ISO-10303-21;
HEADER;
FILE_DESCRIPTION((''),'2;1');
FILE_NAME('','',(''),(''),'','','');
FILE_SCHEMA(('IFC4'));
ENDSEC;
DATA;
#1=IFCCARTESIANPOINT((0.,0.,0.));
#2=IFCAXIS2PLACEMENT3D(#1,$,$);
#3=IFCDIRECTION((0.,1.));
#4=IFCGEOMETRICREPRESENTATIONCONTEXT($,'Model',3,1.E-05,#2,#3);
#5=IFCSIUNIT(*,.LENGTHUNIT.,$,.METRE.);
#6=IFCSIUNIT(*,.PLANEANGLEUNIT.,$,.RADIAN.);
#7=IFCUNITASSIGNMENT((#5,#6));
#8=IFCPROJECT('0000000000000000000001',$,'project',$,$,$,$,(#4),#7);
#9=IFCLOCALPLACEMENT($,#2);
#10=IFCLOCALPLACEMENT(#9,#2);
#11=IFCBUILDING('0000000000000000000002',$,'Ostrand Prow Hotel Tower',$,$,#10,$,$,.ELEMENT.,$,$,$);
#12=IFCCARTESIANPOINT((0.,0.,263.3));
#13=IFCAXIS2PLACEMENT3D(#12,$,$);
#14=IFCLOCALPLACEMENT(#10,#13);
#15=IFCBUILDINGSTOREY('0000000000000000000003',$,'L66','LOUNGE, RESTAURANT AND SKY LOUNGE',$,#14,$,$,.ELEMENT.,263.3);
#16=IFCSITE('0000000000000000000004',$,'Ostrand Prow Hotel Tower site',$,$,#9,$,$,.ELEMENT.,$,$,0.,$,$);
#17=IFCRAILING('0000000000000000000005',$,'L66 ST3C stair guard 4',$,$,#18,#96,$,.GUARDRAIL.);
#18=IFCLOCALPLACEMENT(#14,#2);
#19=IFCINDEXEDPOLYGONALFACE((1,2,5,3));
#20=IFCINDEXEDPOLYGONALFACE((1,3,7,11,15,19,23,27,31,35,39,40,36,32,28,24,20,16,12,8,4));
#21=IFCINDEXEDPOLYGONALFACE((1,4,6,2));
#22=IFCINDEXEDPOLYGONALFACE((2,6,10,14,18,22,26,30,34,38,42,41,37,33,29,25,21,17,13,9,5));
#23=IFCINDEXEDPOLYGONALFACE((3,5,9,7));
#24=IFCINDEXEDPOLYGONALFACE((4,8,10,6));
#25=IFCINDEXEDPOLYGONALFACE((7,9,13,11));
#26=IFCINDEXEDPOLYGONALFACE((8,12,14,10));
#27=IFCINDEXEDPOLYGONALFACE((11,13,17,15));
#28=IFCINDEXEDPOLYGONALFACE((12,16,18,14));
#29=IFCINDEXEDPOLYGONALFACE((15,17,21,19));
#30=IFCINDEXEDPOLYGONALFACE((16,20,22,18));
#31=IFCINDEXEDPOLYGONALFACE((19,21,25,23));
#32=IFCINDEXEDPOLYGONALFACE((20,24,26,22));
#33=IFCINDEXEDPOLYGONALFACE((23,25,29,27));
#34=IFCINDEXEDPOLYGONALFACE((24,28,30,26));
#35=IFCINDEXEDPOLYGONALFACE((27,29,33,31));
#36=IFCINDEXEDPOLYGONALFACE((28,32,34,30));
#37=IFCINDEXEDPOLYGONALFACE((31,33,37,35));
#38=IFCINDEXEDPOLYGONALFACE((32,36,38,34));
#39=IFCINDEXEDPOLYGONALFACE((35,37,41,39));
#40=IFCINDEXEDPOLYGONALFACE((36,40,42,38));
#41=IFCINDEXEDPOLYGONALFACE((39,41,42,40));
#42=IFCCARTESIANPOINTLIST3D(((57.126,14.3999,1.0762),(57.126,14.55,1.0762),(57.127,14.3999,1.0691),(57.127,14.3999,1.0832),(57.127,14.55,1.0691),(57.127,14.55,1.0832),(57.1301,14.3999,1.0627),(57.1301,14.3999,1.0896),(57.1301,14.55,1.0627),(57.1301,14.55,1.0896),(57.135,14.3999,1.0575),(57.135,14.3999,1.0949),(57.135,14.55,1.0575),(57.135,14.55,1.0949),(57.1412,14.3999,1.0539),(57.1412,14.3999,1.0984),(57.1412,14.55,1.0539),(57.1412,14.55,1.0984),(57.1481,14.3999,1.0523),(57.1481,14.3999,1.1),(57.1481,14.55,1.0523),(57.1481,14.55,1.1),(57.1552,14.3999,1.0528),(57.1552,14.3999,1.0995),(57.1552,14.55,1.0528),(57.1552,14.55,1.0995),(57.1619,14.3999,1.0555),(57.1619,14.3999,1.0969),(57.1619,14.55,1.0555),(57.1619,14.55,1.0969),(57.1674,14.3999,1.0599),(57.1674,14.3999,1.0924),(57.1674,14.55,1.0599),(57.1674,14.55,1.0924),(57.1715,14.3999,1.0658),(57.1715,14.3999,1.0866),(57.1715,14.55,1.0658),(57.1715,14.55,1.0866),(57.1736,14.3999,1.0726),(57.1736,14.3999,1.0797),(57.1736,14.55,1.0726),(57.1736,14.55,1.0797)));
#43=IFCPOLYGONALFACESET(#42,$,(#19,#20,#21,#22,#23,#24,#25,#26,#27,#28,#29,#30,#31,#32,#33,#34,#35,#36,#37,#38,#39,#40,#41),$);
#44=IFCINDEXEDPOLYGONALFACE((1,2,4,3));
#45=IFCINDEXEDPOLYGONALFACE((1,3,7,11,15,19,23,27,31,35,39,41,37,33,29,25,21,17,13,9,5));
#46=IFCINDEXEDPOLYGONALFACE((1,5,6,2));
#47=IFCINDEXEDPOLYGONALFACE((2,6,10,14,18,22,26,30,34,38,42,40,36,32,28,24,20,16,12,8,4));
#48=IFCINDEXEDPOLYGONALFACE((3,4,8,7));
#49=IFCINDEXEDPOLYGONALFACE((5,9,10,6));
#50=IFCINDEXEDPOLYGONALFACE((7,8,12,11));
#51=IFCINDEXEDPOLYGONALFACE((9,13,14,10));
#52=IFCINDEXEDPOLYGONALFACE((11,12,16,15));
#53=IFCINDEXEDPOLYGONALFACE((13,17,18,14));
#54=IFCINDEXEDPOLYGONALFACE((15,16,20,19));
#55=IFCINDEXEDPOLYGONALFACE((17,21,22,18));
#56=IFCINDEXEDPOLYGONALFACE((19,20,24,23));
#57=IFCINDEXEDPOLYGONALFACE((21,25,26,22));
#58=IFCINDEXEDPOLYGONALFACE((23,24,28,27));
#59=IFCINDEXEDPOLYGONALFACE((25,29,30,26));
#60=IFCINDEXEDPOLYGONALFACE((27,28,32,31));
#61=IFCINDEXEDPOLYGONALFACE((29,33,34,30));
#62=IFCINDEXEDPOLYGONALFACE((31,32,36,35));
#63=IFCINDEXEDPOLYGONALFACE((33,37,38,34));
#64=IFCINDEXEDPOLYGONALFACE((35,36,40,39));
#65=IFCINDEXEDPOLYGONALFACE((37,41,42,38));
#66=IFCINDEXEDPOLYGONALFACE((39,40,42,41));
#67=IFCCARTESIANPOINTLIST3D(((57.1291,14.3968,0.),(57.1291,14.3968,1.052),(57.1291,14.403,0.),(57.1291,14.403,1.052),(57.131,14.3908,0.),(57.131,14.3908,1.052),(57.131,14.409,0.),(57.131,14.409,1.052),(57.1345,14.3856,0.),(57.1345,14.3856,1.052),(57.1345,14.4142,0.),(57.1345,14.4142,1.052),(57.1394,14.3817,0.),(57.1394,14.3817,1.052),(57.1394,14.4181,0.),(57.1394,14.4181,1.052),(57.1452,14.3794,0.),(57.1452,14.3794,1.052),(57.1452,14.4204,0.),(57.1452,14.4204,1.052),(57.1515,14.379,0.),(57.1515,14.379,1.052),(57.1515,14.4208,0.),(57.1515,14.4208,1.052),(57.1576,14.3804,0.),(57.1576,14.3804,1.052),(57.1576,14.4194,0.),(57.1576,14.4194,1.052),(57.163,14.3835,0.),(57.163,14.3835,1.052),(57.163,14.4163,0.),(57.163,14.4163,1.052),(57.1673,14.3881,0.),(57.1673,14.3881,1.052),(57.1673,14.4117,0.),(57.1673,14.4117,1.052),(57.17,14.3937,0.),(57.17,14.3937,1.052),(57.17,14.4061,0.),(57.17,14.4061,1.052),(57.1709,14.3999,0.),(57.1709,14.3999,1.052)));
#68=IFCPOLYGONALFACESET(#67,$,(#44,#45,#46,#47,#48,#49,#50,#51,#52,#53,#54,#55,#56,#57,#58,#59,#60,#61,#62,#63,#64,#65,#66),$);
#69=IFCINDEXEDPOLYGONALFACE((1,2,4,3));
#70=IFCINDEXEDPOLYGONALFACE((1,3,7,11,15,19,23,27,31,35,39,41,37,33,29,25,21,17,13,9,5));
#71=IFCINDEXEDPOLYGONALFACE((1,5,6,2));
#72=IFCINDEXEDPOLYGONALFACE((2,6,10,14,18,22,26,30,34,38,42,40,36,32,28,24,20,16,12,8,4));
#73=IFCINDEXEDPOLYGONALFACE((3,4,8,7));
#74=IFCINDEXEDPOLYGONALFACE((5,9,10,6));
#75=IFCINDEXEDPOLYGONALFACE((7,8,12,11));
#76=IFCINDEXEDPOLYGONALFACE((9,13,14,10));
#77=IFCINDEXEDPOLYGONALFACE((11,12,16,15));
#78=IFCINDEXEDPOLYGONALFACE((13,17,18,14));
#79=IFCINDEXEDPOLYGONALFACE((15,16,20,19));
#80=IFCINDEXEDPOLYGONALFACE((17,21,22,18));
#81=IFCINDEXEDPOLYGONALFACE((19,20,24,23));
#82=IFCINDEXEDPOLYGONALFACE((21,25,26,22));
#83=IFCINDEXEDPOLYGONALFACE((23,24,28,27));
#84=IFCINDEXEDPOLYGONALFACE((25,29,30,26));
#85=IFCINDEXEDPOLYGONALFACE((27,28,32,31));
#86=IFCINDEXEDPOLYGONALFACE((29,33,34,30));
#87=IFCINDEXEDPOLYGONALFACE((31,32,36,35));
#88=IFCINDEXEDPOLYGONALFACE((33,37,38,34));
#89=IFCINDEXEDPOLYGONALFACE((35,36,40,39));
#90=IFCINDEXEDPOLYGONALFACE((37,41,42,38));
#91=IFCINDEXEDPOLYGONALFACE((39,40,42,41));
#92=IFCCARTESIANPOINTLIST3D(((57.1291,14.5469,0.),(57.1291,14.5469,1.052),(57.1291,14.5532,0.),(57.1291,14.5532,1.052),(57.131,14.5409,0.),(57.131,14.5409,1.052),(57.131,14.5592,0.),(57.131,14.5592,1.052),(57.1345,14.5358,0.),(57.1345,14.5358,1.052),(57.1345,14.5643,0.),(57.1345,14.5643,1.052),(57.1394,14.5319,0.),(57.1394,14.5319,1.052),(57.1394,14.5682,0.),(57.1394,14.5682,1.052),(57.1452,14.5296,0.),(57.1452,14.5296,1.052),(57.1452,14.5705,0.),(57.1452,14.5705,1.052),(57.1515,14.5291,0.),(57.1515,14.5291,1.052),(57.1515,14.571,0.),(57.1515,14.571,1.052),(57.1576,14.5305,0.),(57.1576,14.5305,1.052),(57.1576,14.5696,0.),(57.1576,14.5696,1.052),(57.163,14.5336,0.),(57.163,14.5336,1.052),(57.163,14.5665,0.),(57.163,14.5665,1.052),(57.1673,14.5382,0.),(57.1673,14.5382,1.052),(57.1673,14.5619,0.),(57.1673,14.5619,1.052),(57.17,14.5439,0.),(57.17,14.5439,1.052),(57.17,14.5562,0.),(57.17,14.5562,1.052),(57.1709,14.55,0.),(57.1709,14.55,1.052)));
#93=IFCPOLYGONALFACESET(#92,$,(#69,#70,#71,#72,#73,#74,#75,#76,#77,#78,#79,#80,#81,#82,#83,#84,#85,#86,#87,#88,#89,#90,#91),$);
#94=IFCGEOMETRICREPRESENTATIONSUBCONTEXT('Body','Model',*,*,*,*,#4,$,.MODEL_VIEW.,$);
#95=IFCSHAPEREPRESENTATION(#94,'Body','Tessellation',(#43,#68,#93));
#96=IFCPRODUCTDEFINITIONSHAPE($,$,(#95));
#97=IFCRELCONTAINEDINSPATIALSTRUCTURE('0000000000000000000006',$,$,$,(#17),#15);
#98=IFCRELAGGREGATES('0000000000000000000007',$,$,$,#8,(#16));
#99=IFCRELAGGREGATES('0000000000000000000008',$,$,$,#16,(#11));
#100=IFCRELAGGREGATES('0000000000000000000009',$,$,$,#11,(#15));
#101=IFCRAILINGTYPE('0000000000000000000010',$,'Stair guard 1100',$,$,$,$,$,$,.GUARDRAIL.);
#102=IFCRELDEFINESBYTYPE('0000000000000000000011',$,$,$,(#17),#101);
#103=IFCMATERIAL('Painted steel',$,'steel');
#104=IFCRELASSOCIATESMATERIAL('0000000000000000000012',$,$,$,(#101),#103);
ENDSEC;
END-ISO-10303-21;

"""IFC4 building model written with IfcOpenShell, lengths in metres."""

from ifc_helpers import new_model, si_unit, direction, frame, origin, origin_2d, place, context, subcontext, project, spatial, circle, extrude, material, type_object, element, save


model = new_model("IFC4")

# Units and contexts
model_context = context("Model", 3, precision=1e-05, world=origin(), true_north=direction((0.0, 1.0)))
body_context = subcontext(model_context, "Body", "Model", "MODEL_VIEW")
ifc_project = project(units=[si_unit("LENGTHUNIT", "METRE"), si_unit("PLANEANGLEUNIT", "RADIAN")], contexts=[model_context])

# Site, building, storey
site_placement = place(None, origin())
site = spatial("IfcSite", under=ifc_project, at=site_placement, Name="Ostrand Prow Hotel Tower site", CompositionType="ELEMENT", RefElevation=0.0)
building_placement = place(site_placement, origin())
building = spatial("IfcBuilding", under=site, at=building_placement, Name="Ostrand Prow Hotel Tower", CompositionType="ELEMENT")
storey_placement = place(building_placement, frame((0.0, 0.0, 263.3)))
storey = spatial("IfcBuildingStorey", under=building, at=storey_placement, Name="L66", Description="LOUNGE, RESTAURANT AND SKY LOUNGE", CompositionType="ELEMENT", Elevation=263.3)

# Railing
ifc_material_1 = material(Name="Painted steel", Category="steel")
railing_type_1 = type_object("IfcRailingType", Name="Stair guard 1100", PredefinedType="GUARDRAIL", material=ifc_material_1)
railing_1_placement = place(storey_placement, frame((57.1499, 14.3999, 0.0)))
element("IfcRailing", 1, at=railing_1_placement, inside=storey, type_object=railing_type_1, Name="L66 ST3C stair guard 4", PredefinedType="GUARDRAIL", context=body_context, shape_type="SweptSolid", body=[
    extrude(circle(Radius=0.0239, at=origin_2d()), frame((0.0, 0.0, 1.0762), z_axis=(0.0, 1.0, 0.0), x_axis=(-1.0, 0.0, 0.0)), (0.0, 0.0, 1.0), 0.1501),
    extrude(circle(Radius=0.021, at=origin_2d()), origin(), (0.0, 0.0, 1.0), 1.052),
    extrude(circle(Radius=0.021, at=origin_2d()), frame((0.0, 0.1501, 0.0)), (0.0, 0.0, 1.0), 1.052),
])

save(model, "model.ifc")
